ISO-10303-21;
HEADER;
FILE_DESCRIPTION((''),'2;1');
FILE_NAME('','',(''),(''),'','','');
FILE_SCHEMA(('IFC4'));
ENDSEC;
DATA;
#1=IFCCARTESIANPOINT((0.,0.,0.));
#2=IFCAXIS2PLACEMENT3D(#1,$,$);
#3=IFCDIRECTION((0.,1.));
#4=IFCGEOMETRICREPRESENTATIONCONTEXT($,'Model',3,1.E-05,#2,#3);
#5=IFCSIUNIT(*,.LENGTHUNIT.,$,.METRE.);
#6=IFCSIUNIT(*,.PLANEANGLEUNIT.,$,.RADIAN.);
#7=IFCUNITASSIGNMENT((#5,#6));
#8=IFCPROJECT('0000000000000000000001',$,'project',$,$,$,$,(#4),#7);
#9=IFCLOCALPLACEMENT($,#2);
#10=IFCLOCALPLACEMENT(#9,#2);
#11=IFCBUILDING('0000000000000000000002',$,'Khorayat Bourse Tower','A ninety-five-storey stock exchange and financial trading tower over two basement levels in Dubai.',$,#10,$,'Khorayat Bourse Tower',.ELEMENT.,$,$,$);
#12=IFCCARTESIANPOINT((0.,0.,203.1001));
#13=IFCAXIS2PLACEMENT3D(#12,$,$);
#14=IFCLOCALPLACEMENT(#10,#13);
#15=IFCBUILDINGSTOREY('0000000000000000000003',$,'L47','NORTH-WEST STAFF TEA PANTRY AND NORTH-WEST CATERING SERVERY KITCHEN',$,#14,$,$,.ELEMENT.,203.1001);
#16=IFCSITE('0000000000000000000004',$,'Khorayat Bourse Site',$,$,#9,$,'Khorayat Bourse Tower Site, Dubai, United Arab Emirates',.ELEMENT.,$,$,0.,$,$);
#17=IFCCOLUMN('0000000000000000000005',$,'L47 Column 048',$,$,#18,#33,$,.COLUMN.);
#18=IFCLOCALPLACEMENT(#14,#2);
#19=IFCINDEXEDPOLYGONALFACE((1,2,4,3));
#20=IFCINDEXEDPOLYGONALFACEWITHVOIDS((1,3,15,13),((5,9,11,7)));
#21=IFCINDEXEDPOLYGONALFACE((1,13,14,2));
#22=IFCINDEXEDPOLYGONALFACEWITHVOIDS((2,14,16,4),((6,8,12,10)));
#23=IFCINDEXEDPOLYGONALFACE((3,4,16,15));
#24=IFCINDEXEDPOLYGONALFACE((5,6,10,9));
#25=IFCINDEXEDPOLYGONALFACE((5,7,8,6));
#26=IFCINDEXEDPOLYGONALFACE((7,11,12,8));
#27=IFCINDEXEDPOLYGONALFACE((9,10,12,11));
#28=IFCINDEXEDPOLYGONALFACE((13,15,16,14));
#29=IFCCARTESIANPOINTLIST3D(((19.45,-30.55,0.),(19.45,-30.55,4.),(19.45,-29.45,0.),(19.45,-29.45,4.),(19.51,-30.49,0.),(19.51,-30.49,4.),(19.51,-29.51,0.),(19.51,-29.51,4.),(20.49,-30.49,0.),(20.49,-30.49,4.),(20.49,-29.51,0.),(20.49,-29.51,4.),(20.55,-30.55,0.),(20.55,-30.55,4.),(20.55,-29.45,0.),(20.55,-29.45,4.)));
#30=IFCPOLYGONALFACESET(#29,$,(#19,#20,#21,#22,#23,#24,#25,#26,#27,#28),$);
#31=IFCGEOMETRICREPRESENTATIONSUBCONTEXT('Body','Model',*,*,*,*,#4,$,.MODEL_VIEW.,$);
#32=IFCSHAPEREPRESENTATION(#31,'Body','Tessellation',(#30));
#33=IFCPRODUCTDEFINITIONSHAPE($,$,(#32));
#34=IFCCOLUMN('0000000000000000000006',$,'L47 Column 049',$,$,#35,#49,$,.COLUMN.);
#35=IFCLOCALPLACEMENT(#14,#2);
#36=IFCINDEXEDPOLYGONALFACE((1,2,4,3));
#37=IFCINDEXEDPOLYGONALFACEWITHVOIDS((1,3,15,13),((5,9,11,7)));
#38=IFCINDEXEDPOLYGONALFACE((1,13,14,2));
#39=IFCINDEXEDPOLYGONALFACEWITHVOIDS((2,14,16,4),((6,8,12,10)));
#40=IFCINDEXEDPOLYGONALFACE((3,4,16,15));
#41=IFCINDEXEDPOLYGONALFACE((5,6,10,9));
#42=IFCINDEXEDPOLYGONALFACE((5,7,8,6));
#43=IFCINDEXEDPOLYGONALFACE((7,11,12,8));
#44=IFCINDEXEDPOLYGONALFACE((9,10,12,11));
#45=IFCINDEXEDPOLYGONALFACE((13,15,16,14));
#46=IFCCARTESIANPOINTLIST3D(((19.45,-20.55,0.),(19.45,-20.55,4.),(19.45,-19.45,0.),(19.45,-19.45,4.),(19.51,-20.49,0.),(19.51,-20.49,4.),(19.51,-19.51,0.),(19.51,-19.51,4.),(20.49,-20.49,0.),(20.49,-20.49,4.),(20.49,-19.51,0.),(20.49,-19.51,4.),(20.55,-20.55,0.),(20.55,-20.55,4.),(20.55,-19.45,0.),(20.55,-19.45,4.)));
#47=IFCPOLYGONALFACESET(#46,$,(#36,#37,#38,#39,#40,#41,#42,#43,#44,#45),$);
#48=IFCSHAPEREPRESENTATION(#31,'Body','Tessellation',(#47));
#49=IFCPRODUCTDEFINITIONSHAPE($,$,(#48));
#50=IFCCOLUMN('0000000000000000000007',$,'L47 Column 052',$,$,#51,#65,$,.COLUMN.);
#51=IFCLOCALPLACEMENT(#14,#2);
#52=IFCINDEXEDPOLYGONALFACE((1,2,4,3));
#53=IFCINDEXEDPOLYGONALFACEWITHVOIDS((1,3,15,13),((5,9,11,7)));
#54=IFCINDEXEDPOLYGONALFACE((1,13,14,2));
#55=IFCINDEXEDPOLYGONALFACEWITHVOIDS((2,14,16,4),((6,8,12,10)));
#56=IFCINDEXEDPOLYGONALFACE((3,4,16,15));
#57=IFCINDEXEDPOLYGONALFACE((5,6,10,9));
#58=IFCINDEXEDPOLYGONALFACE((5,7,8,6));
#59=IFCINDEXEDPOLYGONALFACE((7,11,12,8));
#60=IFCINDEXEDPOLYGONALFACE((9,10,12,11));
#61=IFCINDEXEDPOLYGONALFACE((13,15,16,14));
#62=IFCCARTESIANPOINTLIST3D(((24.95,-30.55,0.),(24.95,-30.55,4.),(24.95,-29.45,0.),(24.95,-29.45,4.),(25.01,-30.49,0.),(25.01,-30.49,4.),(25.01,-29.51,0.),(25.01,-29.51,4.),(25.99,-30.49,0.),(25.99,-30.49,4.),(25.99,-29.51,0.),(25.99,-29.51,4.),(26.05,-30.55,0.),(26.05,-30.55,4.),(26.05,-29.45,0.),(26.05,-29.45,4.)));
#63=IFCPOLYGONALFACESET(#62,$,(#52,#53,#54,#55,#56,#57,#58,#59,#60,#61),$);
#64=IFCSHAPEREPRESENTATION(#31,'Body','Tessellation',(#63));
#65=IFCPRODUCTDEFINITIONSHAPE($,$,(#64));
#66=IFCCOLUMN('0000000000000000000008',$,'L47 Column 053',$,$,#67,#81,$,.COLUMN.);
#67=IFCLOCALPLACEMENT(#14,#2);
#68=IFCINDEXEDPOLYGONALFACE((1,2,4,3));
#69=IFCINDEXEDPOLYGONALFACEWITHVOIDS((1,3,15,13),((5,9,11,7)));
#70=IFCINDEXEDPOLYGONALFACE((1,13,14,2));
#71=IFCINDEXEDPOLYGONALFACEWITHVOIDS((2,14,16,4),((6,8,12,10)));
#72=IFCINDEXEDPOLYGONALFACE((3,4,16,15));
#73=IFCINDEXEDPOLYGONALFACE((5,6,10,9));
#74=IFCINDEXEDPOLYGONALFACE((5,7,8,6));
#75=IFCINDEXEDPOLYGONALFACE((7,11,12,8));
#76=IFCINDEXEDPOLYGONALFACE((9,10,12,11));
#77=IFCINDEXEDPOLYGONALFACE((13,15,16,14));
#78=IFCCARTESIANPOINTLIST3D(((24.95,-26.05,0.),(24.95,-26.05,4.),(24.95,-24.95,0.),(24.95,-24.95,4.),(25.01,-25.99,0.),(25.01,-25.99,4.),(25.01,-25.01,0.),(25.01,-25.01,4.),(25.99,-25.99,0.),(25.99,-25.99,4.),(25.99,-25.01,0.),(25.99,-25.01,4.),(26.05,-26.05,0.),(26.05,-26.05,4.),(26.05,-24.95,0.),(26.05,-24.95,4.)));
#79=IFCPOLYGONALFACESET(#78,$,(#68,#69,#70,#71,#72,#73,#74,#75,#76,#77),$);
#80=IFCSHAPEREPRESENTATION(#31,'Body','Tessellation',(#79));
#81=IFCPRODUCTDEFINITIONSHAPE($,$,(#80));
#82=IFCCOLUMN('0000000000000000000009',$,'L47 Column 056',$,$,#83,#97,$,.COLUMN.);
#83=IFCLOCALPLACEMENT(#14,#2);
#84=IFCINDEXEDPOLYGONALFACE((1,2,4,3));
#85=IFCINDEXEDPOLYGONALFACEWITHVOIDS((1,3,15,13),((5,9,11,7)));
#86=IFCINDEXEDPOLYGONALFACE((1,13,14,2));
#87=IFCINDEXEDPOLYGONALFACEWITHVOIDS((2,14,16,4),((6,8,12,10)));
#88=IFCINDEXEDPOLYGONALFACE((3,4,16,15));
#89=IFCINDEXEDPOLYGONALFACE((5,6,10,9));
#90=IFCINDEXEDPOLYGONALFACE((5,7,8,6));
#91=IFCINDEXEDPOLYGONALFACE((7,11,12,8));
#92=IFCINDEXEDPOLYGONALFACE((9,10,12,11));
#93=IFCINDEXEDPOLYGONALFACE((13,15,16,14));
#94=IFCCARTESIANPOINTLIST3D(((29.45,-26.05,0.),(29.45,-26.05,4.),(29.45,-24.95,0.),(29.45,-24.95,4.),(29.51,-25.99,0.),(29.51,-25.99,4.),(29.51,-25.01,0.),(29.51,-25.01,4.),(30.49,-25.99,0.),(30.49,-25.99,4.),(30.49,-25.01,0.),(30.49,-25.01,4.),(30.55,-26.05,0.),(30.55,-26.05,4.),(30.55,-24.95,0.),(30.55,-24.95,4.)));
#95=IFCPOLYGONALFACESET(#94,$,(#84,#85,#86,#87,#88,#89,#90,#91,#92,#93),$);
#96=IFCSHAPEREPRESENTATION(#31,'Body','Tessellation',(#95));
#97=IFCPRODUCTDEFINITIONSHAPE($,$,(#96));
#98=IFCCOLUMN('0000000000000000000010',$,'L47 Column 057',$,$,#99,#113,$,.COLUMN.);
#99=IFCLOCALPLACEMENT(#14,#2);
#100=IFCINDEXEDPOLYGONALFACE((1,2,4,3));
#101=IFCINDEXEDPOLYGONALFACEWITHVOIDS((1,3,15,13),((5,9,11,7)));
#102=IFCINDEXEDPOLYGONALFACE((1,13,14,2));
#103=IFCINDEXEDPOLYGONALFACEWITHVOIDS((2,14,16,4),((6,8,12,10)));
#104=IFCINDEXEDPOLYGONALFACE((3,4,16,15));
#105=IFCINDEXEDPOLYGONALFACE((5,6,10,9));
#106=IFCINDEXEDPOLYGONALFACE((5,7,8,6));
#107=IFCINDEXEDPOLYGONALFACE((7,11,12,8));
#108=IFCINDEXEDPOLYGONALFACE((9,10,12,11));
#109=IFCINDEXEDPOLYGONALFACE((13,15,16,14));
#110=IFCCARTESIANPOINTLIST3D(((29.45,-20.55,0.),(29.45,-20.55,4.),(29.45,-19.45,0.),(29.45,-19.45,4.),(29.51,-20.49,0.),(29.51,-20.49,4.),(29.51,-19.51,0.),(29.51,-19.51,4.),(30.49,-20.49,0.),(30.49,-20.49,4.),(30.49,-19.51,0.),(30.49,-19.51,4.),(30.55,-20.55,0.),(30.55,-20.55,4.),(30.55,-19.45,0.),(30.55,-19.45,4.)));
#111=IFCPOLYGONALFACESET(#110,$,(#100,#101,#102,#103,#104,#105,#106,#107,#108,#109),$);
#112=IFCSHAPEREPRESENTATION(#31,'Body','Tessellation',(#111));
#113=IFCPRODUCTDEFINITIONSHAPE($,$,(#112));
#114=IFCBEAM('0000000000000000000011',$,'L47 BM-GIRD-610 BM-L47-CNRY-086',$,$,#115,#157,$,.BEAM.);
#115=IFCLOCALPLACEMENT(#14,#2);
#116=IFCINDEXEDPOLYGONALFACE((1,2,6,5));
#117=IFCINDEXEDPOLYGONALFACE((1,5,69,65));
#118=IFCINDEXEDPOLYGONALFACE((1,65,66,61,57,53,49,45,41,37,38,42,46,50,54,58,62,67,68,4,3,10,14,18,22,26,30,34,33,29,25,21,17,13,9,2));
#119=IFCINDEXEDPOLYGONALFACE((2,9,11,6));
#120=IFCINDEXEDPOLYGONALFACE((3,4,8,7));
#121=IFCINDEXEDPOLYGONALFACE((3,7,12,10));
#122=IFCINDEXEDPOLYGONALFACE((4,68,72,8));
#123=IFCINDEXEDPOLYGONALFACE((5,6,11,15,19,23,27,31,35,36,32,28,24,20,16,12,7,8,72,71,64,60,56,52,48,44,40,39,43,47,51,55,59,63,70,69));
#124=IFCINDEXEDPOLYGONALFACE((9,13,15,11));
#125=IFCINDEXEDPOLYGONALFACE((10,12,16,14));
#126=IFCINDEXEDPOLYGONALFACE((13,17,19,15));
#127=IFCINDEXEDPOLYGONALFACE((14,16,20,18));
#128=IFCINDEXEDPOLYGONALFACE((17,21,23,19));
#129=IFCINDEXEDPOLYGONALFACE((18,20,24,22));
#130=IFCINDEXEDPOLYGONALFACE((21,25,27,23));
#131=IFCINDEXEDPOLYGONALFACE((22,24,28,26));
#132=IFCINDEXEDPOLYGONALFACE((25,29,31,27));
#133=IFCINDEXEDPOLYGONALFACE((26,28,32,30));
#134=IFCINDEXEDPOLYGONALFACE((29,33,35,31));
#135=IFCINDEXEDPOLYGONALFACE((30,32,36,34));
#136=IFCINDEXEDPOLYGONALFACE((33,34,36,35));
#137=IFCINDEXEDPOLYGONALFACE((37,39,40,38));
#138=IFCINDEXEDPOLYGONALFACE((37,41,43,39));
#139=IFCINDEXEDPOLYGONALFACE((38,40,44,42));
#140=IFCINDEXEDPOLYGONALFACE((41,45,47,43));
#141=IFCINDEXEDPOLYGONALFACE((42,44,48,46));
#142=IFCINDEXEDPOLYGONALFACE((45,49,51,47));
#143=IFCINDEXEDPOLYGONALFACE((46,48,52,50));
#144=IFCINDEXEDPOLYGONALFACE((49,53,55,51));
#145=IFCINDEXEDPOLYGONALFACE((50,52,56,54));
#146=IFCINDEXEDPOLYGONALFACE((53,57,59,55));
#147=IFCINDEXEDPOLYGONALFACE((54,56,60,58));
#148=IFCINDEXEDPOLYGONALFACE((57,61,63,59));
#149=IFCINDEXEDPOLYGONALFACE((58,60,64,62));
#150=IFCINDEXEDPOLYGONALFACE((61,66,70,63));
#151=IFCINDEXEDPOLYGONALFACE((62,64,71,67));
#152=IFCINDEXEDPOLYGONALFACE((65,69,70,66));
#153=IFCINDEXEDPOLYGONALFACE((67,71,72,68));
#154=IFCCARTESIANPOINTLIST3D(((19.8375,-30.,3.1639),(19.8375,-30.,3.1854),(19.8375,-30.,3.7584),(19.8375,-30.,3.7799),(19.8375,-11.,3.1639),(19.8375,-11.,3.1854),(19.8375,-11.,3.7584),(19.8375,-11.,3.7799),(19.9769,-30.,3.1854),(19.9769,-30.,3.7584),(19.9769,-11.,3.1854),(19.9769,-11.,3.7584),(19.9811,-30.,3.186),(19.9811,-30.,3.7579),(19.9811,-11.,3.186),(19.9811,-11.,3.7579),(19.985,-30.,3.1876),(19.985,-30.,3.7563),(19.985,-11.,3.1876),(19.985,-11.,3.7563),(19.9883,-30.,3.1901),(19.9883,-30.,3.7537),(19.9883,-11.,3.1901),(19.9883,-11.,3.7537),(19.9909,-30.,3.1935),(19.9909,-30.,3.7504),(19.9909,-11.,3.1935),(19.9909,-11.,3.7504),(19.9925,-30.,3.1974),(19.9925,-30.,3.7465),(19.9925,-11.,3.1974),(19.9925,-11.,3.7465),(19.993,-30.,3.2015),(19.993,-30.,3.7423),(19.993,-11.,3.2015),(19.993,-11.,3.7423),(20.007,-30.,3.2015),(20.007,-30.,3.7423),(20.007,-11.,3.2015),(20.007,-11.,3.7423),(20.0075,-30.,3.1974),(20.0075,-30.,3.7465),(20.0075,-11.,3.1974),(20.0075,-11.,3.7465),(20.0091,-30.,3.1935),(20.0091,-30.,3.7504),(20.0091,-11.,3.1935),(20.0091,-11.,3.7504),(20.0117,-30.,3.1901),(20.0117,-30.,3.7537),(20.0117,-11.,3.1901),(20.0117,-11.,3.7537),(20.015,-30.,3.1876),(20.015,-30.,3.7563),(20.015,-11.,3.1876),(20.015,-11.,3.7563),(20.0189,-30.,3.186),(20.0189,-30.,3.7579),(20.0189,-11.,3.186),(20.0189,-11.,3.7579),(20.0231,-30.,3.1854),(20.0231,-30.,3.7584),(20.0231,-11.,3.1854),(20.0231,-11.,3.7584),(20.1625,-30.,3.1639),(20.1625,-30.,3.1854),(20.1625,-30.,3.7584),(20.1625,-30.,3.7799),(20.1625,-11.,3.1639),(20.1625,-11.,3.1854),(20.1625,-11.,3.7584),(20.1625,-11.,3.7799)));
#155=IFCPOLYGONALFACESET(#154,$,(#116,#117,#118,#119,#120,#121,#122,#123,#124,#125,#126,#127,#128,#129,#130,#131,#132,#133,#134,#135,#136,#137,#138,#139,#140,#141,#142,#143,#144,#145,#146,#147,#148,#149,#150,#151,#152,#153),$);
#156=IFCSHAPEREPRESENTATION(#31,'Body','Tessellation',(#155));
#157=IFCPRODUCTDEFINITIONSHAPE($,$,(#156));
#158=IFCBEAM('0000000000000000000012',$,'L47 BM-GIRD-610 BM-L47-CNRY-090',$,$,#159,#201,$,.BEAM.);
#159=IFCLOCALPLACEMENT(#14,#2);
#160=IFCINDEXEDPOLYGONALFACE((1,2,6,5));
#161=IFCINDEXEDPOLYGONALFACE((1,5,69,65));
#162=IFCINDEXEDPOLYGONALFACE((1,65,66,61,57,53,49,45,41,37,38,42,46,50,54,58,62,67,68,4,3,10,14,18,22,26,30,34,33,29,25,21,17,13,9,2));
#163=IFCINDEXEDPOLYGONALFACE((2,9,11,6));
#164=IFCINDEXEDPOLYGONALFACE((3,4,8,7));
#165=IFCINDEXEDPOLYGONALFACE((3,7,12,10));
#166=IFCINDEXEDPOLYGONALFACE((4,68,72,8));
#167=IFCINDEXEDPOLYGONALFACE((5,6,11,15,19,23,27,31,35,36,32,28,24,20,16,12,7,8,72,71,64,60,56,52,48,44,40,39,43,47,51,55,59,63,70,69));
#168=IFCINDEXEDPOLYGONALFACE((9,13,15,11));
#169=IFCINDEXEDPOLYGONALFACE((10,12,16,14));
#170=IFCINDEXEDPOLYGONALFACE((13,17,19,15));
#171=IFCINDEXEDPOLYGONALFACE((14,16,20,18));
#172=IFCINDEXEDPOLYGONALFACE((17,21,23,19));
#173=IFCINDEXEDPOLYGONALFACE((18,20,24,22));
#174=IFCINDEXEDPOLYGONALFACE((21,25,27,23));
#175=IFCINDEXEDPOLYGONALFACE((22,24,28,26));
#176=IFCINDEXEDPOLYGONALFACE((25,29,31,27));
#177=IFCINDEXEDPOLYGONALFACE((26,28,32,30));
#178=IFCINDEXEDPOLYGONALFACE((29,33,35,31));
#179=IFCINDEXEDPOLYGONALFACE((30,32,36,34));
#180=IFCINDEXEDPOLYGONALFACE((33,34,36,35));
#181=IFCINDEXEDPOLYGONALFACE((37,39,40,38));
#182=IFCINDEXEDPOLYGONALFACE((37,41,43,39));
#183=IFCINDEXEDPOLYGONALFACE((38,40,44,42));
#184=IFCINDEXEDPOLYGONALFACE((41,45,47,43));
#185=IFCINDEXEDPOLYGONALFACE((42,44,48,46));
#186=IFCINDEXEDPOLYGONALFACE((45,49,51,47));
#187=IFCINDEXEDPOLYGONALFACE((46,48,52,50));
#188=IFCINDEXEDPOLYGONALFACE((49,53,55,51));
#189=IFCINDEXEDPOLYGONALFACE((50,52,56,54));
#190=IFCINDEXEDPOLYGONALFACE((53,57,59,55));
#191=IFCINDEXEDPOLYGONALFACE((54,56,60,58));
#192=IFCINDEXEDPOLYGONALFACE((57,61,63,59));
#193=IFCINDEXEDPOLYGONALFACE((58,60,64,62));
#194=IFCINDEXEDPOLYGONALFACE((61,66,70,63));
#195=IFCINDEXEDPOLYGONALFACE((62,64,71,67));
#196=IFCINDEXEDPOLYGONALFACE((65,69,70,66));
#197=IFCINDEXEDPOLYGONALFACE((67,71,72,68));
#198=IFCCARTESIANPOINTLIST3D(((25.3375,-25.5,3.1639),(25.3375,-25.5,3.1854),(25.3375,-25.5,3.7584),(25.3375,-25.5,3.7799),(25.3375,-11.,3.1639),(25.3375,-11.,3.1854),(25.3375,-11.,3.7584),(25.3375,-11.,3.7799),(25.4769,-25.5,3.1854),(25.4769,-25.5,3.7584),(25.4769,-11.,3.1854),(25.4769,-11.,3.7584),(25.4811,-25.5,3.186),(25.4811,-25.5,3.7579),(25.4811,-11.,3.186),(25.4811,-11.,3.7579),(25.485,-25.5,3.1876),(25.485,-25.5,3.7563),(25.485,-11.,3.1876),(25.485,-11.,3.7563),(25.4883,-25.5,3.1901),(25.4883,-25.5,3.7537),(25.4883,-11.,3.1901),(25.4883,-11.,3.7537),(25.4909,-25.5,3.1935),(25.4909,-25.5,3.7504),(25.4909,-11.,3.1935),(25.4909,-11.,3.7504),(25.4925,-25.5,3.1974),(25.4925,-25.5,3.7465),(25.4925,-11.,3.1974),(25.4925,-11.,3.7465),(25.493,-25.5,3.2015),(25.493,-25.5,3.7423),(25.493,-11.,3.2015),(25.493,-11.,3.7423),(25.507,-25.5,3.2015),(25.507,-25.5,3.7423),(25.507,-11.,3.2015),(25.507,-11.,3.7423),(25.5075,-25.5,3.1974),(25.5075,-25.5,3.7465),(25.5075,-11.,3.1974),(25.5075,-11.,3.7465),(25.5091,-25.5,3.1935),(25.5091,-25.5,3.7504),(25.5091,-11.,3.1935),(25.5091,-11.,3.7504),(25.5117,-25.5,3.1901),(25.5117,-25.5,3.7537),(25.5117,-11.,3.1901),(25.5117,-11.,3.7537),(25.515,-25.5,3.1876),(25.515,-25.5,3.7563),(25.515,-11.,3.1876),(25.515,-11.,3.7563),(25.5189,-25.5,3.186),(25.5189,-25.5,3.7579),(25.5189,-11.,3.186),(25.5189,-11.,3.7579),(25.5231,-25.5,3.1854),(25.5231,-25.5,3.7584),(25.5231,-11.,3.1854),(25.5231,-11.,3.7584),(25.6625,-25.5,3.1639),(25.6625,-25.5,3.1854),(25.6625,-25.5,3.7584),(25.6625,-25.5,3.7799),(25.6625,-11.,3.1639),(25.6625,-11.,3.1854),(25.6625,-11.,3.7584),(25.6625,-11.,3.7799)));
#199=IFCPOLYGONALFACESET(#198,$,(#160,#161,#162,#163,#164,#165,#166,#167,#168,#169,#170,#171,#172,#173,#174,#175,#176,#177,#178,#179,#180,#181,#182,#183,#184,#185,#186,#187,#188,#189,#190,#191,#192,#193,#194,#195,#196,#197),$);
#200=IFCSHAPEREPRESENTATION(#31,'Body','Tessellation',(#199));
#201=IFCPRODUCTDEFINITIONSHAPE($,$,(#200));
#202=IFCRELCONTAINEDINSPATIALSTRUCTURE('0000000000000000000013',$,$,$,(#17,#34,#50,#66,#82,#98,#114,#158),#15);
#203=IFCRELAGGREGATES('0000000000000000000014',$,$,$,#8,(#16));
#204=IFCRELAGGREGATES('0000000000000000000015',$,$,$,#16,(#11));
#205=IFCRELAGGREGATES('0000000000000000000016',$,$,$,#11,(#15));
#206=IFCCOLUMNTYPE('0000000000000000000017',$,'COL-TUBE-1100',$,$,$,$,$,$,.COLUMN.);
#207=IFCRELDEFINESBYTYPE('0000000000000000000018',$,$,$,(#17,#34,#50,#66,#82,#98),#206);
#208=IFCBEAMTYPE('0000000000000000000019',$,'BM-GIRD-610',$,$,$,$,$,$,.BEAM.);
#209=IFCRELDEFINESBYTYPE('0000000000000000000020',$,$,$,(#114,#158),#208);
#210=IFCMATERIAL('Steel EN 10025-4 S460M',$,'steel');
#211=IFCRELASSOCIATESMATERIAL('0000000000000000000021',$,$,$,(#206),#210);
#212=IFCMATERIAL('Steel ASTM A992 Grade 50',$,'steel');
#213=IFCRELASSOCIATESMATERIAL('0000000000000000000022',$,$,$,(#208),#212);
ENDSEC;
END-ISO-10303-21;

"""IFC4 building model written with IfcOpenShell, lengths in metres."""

from ifc_helpers import new_model, si_unit, direction, frame, origin, origin_2d, place, context, subcontext, project, spatial, hollow_rectangle, i_section, extrude, source, transform, mapped, material, material_profile, profile_set, type_object, element, save


model = new_model("IFC4")

# Units and contexts
model_context = context("Model", 3, precision=1e-05, world=origin(), true_north=direction((0.0, 1.0)))
body_context = subcontext(model_context, "Body", "Model", "MODEL_VIEW")
ifc_project = project(units=[si_unit("LENGTHUNIT", "METRE"), si_unit("PLANEANGLEUNIT", "RADIAN")], contexts=[model_context])

# Site, building, storey
site_placement = place(None, origin())
site = spatial("IfcSite", under=ifc_project, at=site_placement, Name="Khorayat Bourse Site", LongName="Khorayat Bourse Tower Site, Dubai, United Arab Emirates", CompositionType="ELEMENT", RefElevation=0.0)
building_placement = place(site_placement, origin())
building = spatial("IfcBuilding", under=site, at=building_placement, Name="Khorayat Bourse Tower", Description="A ninety-five-storey stock exchange and financial trading tower over two basement levels in Dubai.", LongName="Khorayat Bourse Tower", CompositionType="ELEMENT")
storey_placement = place(building_placement, frame((0.0, 0.0, 203.1001)))
storey = spatial("IfcBuildingStorey", under=building, at=storey_placement, Name="L47", Description="NORTH-WEST STAFF TEA PANTRY AND NORTH-WEST CATERING SERVERY KITCHEN", CompositionType="ELEMENT", Elevation=203.1001)

# Columns
ifc_material_1 = material(Name="Steel EN 10025-4 S460M", Category="steel")
ifc_material_profile_1 = material_profile(ifc_material_1, hollow_rectangle(XDim=1.1001, YDim=1.1001, WallThickness=0.0601, at=origin_2d()), Name="BOX 1100x1100x60")
ifc_profile_set_1 = profile_set([ifc_material_profile_1], Name="Steel EN 10025-4 S460M")
column_type = type_object("IfcColumnType", Name="COL-TUBE-1100", PredefinedType="COLUMN", material=ifc_profile_set_1)
shared_shape_1 = source(origin(), body_context, "Body", "SweptSolid", [
    extrude(hollow_rectangle(XDim=1.1001, YDim=1.1001, WallThickness=0.0601, at=origin_2d()), origin(), (0.0, 0.0, 1.0), 4.0),
])
for number, where, z_axis, x_axis, name in (
    (1, (20.0, -30.0, 0.0), (0.0, 0.0, 1.0), (1.0, 0.0, 0.0), "L47 Column 048"),
    (2, (20.0, -20.0, 0.0), (0.0, 0.0, 1.0), (1.0, 0.0, 0.0), "L47 Column 049"),
    (3, (25.5, -30.0, 0.0), (0.0, 0.0, 1.0), (1.0, 0.0, 0.0), "L47 Column 052"),
    (4, (25.5, -25.5, 0.0), (0.0, 0.0, 1.0), (1.0, 0.0, 0.0), "L47 Column 053"),
    (5, (30.0, -25.5, 0.0), (0.0, 0.0, 1.0), (1.0, 0.0, 0.0), "L47 Column 056"),
    (6, (30.0, -20.0, 0.0), (0.0, 0.0, 1.0), (1.0, 0.0, 0.0), "L47 Column 057"),
):
    element("IfcColumn", number, at=place(storey_placement, frame(where, z_axis=z_axis, x_axis=x_axis)), inside=storey, type_object=column_type, Name=name, PredefinedType="COLUMN", context=body_context, shape_type="MappedRepresentation", body=[
        mapped(shared_shape_1, transform((0.0, 0.0, 0.0), scale=1.0)),
    ])

# Beams
ifc_material_2 = material(Name="Steel ASTM A992 Grade 50", Category="steel")
ifc_material_profile_2 = material_profile(ifc_material_2, i_section(OverallWidth=0.325, OverallDepth=0.616, WebThickness=0.0139, FlangeThickness=0.0215, FilletRadius=0.0161, at=origin_2d()), Name="W610X174")
ifc_profile_set_2 = profile_set([ifc_material_profile_2], Name="Steel ASTM A992 Grade 50")
beam_type_1 = type_object("IfcBeamType", Name="BM-GIRD-610", PredefinedType="BEAM", material=ifc_profile_set_2)
shared_shape_2 = source(origin(), body_context, "Body", "SweptSolid", [
    extrude(i_section(OverallWidth=0.325, OverallDepth=0.616, WebThickness=0.0139, FlangeThickness=0.0215, FilletRadius=0.0161, at=origin_2d()), origin(), (0.0, 0.0, 1.0), 19.0),
])
beam_1_placement = place(storey_placement, frame((20.0, -30.0, 3.4719), z_axis=(0.0, 1.0, 0.0), x_axis=(-1.0, 0.0, 0.0)))
element("IfcBeam", 7, at=beam_1_placement, inside=storey, type_object=beam_type_1, Name="L47 BM-GIRD-610 BM-L47-CNRY-086", PredefinedType="BEAM", context=body_context, shape_type="MappedRepresentation", body=[
    mapped(shared_shape_2, transform((0.0, 0.0, 0.0), scale=1.0)),
])
shared_shape_3 = source(origin(), body_context, "Body", "SweptSolid", [
    extrude(i_section(OverallWidth=0.325, OverallDepth=0.616, WebThickness=0.0139, FlangeThickness=0.0215, FilletRadius=0.0161, at=origin_2d()), origin(), (0.0, 0.0, 1.0), 14.5),
])
beam_2_placement = place(storey_placement, frame((25.5, -25.5, 3.4719), z_axis=(0.0, 1.0, 0.0), x_axis=(-1.0, 0.0, 0.0)))
element("IfcBeam", 8, at=beam_2_placement, inside=storey, type_object=beam_type_1, Name="L47 BM-GIRD-610 BM-L47-CNRY-090", PredefinedType="BEAM", context=body_context, shape_type="MappedRepresentation", body=[
    mapped(shared_shape_3, transform((0.0, 0.0, 0.0), scale=1.0)),
])

save(model, "model.ifc")
